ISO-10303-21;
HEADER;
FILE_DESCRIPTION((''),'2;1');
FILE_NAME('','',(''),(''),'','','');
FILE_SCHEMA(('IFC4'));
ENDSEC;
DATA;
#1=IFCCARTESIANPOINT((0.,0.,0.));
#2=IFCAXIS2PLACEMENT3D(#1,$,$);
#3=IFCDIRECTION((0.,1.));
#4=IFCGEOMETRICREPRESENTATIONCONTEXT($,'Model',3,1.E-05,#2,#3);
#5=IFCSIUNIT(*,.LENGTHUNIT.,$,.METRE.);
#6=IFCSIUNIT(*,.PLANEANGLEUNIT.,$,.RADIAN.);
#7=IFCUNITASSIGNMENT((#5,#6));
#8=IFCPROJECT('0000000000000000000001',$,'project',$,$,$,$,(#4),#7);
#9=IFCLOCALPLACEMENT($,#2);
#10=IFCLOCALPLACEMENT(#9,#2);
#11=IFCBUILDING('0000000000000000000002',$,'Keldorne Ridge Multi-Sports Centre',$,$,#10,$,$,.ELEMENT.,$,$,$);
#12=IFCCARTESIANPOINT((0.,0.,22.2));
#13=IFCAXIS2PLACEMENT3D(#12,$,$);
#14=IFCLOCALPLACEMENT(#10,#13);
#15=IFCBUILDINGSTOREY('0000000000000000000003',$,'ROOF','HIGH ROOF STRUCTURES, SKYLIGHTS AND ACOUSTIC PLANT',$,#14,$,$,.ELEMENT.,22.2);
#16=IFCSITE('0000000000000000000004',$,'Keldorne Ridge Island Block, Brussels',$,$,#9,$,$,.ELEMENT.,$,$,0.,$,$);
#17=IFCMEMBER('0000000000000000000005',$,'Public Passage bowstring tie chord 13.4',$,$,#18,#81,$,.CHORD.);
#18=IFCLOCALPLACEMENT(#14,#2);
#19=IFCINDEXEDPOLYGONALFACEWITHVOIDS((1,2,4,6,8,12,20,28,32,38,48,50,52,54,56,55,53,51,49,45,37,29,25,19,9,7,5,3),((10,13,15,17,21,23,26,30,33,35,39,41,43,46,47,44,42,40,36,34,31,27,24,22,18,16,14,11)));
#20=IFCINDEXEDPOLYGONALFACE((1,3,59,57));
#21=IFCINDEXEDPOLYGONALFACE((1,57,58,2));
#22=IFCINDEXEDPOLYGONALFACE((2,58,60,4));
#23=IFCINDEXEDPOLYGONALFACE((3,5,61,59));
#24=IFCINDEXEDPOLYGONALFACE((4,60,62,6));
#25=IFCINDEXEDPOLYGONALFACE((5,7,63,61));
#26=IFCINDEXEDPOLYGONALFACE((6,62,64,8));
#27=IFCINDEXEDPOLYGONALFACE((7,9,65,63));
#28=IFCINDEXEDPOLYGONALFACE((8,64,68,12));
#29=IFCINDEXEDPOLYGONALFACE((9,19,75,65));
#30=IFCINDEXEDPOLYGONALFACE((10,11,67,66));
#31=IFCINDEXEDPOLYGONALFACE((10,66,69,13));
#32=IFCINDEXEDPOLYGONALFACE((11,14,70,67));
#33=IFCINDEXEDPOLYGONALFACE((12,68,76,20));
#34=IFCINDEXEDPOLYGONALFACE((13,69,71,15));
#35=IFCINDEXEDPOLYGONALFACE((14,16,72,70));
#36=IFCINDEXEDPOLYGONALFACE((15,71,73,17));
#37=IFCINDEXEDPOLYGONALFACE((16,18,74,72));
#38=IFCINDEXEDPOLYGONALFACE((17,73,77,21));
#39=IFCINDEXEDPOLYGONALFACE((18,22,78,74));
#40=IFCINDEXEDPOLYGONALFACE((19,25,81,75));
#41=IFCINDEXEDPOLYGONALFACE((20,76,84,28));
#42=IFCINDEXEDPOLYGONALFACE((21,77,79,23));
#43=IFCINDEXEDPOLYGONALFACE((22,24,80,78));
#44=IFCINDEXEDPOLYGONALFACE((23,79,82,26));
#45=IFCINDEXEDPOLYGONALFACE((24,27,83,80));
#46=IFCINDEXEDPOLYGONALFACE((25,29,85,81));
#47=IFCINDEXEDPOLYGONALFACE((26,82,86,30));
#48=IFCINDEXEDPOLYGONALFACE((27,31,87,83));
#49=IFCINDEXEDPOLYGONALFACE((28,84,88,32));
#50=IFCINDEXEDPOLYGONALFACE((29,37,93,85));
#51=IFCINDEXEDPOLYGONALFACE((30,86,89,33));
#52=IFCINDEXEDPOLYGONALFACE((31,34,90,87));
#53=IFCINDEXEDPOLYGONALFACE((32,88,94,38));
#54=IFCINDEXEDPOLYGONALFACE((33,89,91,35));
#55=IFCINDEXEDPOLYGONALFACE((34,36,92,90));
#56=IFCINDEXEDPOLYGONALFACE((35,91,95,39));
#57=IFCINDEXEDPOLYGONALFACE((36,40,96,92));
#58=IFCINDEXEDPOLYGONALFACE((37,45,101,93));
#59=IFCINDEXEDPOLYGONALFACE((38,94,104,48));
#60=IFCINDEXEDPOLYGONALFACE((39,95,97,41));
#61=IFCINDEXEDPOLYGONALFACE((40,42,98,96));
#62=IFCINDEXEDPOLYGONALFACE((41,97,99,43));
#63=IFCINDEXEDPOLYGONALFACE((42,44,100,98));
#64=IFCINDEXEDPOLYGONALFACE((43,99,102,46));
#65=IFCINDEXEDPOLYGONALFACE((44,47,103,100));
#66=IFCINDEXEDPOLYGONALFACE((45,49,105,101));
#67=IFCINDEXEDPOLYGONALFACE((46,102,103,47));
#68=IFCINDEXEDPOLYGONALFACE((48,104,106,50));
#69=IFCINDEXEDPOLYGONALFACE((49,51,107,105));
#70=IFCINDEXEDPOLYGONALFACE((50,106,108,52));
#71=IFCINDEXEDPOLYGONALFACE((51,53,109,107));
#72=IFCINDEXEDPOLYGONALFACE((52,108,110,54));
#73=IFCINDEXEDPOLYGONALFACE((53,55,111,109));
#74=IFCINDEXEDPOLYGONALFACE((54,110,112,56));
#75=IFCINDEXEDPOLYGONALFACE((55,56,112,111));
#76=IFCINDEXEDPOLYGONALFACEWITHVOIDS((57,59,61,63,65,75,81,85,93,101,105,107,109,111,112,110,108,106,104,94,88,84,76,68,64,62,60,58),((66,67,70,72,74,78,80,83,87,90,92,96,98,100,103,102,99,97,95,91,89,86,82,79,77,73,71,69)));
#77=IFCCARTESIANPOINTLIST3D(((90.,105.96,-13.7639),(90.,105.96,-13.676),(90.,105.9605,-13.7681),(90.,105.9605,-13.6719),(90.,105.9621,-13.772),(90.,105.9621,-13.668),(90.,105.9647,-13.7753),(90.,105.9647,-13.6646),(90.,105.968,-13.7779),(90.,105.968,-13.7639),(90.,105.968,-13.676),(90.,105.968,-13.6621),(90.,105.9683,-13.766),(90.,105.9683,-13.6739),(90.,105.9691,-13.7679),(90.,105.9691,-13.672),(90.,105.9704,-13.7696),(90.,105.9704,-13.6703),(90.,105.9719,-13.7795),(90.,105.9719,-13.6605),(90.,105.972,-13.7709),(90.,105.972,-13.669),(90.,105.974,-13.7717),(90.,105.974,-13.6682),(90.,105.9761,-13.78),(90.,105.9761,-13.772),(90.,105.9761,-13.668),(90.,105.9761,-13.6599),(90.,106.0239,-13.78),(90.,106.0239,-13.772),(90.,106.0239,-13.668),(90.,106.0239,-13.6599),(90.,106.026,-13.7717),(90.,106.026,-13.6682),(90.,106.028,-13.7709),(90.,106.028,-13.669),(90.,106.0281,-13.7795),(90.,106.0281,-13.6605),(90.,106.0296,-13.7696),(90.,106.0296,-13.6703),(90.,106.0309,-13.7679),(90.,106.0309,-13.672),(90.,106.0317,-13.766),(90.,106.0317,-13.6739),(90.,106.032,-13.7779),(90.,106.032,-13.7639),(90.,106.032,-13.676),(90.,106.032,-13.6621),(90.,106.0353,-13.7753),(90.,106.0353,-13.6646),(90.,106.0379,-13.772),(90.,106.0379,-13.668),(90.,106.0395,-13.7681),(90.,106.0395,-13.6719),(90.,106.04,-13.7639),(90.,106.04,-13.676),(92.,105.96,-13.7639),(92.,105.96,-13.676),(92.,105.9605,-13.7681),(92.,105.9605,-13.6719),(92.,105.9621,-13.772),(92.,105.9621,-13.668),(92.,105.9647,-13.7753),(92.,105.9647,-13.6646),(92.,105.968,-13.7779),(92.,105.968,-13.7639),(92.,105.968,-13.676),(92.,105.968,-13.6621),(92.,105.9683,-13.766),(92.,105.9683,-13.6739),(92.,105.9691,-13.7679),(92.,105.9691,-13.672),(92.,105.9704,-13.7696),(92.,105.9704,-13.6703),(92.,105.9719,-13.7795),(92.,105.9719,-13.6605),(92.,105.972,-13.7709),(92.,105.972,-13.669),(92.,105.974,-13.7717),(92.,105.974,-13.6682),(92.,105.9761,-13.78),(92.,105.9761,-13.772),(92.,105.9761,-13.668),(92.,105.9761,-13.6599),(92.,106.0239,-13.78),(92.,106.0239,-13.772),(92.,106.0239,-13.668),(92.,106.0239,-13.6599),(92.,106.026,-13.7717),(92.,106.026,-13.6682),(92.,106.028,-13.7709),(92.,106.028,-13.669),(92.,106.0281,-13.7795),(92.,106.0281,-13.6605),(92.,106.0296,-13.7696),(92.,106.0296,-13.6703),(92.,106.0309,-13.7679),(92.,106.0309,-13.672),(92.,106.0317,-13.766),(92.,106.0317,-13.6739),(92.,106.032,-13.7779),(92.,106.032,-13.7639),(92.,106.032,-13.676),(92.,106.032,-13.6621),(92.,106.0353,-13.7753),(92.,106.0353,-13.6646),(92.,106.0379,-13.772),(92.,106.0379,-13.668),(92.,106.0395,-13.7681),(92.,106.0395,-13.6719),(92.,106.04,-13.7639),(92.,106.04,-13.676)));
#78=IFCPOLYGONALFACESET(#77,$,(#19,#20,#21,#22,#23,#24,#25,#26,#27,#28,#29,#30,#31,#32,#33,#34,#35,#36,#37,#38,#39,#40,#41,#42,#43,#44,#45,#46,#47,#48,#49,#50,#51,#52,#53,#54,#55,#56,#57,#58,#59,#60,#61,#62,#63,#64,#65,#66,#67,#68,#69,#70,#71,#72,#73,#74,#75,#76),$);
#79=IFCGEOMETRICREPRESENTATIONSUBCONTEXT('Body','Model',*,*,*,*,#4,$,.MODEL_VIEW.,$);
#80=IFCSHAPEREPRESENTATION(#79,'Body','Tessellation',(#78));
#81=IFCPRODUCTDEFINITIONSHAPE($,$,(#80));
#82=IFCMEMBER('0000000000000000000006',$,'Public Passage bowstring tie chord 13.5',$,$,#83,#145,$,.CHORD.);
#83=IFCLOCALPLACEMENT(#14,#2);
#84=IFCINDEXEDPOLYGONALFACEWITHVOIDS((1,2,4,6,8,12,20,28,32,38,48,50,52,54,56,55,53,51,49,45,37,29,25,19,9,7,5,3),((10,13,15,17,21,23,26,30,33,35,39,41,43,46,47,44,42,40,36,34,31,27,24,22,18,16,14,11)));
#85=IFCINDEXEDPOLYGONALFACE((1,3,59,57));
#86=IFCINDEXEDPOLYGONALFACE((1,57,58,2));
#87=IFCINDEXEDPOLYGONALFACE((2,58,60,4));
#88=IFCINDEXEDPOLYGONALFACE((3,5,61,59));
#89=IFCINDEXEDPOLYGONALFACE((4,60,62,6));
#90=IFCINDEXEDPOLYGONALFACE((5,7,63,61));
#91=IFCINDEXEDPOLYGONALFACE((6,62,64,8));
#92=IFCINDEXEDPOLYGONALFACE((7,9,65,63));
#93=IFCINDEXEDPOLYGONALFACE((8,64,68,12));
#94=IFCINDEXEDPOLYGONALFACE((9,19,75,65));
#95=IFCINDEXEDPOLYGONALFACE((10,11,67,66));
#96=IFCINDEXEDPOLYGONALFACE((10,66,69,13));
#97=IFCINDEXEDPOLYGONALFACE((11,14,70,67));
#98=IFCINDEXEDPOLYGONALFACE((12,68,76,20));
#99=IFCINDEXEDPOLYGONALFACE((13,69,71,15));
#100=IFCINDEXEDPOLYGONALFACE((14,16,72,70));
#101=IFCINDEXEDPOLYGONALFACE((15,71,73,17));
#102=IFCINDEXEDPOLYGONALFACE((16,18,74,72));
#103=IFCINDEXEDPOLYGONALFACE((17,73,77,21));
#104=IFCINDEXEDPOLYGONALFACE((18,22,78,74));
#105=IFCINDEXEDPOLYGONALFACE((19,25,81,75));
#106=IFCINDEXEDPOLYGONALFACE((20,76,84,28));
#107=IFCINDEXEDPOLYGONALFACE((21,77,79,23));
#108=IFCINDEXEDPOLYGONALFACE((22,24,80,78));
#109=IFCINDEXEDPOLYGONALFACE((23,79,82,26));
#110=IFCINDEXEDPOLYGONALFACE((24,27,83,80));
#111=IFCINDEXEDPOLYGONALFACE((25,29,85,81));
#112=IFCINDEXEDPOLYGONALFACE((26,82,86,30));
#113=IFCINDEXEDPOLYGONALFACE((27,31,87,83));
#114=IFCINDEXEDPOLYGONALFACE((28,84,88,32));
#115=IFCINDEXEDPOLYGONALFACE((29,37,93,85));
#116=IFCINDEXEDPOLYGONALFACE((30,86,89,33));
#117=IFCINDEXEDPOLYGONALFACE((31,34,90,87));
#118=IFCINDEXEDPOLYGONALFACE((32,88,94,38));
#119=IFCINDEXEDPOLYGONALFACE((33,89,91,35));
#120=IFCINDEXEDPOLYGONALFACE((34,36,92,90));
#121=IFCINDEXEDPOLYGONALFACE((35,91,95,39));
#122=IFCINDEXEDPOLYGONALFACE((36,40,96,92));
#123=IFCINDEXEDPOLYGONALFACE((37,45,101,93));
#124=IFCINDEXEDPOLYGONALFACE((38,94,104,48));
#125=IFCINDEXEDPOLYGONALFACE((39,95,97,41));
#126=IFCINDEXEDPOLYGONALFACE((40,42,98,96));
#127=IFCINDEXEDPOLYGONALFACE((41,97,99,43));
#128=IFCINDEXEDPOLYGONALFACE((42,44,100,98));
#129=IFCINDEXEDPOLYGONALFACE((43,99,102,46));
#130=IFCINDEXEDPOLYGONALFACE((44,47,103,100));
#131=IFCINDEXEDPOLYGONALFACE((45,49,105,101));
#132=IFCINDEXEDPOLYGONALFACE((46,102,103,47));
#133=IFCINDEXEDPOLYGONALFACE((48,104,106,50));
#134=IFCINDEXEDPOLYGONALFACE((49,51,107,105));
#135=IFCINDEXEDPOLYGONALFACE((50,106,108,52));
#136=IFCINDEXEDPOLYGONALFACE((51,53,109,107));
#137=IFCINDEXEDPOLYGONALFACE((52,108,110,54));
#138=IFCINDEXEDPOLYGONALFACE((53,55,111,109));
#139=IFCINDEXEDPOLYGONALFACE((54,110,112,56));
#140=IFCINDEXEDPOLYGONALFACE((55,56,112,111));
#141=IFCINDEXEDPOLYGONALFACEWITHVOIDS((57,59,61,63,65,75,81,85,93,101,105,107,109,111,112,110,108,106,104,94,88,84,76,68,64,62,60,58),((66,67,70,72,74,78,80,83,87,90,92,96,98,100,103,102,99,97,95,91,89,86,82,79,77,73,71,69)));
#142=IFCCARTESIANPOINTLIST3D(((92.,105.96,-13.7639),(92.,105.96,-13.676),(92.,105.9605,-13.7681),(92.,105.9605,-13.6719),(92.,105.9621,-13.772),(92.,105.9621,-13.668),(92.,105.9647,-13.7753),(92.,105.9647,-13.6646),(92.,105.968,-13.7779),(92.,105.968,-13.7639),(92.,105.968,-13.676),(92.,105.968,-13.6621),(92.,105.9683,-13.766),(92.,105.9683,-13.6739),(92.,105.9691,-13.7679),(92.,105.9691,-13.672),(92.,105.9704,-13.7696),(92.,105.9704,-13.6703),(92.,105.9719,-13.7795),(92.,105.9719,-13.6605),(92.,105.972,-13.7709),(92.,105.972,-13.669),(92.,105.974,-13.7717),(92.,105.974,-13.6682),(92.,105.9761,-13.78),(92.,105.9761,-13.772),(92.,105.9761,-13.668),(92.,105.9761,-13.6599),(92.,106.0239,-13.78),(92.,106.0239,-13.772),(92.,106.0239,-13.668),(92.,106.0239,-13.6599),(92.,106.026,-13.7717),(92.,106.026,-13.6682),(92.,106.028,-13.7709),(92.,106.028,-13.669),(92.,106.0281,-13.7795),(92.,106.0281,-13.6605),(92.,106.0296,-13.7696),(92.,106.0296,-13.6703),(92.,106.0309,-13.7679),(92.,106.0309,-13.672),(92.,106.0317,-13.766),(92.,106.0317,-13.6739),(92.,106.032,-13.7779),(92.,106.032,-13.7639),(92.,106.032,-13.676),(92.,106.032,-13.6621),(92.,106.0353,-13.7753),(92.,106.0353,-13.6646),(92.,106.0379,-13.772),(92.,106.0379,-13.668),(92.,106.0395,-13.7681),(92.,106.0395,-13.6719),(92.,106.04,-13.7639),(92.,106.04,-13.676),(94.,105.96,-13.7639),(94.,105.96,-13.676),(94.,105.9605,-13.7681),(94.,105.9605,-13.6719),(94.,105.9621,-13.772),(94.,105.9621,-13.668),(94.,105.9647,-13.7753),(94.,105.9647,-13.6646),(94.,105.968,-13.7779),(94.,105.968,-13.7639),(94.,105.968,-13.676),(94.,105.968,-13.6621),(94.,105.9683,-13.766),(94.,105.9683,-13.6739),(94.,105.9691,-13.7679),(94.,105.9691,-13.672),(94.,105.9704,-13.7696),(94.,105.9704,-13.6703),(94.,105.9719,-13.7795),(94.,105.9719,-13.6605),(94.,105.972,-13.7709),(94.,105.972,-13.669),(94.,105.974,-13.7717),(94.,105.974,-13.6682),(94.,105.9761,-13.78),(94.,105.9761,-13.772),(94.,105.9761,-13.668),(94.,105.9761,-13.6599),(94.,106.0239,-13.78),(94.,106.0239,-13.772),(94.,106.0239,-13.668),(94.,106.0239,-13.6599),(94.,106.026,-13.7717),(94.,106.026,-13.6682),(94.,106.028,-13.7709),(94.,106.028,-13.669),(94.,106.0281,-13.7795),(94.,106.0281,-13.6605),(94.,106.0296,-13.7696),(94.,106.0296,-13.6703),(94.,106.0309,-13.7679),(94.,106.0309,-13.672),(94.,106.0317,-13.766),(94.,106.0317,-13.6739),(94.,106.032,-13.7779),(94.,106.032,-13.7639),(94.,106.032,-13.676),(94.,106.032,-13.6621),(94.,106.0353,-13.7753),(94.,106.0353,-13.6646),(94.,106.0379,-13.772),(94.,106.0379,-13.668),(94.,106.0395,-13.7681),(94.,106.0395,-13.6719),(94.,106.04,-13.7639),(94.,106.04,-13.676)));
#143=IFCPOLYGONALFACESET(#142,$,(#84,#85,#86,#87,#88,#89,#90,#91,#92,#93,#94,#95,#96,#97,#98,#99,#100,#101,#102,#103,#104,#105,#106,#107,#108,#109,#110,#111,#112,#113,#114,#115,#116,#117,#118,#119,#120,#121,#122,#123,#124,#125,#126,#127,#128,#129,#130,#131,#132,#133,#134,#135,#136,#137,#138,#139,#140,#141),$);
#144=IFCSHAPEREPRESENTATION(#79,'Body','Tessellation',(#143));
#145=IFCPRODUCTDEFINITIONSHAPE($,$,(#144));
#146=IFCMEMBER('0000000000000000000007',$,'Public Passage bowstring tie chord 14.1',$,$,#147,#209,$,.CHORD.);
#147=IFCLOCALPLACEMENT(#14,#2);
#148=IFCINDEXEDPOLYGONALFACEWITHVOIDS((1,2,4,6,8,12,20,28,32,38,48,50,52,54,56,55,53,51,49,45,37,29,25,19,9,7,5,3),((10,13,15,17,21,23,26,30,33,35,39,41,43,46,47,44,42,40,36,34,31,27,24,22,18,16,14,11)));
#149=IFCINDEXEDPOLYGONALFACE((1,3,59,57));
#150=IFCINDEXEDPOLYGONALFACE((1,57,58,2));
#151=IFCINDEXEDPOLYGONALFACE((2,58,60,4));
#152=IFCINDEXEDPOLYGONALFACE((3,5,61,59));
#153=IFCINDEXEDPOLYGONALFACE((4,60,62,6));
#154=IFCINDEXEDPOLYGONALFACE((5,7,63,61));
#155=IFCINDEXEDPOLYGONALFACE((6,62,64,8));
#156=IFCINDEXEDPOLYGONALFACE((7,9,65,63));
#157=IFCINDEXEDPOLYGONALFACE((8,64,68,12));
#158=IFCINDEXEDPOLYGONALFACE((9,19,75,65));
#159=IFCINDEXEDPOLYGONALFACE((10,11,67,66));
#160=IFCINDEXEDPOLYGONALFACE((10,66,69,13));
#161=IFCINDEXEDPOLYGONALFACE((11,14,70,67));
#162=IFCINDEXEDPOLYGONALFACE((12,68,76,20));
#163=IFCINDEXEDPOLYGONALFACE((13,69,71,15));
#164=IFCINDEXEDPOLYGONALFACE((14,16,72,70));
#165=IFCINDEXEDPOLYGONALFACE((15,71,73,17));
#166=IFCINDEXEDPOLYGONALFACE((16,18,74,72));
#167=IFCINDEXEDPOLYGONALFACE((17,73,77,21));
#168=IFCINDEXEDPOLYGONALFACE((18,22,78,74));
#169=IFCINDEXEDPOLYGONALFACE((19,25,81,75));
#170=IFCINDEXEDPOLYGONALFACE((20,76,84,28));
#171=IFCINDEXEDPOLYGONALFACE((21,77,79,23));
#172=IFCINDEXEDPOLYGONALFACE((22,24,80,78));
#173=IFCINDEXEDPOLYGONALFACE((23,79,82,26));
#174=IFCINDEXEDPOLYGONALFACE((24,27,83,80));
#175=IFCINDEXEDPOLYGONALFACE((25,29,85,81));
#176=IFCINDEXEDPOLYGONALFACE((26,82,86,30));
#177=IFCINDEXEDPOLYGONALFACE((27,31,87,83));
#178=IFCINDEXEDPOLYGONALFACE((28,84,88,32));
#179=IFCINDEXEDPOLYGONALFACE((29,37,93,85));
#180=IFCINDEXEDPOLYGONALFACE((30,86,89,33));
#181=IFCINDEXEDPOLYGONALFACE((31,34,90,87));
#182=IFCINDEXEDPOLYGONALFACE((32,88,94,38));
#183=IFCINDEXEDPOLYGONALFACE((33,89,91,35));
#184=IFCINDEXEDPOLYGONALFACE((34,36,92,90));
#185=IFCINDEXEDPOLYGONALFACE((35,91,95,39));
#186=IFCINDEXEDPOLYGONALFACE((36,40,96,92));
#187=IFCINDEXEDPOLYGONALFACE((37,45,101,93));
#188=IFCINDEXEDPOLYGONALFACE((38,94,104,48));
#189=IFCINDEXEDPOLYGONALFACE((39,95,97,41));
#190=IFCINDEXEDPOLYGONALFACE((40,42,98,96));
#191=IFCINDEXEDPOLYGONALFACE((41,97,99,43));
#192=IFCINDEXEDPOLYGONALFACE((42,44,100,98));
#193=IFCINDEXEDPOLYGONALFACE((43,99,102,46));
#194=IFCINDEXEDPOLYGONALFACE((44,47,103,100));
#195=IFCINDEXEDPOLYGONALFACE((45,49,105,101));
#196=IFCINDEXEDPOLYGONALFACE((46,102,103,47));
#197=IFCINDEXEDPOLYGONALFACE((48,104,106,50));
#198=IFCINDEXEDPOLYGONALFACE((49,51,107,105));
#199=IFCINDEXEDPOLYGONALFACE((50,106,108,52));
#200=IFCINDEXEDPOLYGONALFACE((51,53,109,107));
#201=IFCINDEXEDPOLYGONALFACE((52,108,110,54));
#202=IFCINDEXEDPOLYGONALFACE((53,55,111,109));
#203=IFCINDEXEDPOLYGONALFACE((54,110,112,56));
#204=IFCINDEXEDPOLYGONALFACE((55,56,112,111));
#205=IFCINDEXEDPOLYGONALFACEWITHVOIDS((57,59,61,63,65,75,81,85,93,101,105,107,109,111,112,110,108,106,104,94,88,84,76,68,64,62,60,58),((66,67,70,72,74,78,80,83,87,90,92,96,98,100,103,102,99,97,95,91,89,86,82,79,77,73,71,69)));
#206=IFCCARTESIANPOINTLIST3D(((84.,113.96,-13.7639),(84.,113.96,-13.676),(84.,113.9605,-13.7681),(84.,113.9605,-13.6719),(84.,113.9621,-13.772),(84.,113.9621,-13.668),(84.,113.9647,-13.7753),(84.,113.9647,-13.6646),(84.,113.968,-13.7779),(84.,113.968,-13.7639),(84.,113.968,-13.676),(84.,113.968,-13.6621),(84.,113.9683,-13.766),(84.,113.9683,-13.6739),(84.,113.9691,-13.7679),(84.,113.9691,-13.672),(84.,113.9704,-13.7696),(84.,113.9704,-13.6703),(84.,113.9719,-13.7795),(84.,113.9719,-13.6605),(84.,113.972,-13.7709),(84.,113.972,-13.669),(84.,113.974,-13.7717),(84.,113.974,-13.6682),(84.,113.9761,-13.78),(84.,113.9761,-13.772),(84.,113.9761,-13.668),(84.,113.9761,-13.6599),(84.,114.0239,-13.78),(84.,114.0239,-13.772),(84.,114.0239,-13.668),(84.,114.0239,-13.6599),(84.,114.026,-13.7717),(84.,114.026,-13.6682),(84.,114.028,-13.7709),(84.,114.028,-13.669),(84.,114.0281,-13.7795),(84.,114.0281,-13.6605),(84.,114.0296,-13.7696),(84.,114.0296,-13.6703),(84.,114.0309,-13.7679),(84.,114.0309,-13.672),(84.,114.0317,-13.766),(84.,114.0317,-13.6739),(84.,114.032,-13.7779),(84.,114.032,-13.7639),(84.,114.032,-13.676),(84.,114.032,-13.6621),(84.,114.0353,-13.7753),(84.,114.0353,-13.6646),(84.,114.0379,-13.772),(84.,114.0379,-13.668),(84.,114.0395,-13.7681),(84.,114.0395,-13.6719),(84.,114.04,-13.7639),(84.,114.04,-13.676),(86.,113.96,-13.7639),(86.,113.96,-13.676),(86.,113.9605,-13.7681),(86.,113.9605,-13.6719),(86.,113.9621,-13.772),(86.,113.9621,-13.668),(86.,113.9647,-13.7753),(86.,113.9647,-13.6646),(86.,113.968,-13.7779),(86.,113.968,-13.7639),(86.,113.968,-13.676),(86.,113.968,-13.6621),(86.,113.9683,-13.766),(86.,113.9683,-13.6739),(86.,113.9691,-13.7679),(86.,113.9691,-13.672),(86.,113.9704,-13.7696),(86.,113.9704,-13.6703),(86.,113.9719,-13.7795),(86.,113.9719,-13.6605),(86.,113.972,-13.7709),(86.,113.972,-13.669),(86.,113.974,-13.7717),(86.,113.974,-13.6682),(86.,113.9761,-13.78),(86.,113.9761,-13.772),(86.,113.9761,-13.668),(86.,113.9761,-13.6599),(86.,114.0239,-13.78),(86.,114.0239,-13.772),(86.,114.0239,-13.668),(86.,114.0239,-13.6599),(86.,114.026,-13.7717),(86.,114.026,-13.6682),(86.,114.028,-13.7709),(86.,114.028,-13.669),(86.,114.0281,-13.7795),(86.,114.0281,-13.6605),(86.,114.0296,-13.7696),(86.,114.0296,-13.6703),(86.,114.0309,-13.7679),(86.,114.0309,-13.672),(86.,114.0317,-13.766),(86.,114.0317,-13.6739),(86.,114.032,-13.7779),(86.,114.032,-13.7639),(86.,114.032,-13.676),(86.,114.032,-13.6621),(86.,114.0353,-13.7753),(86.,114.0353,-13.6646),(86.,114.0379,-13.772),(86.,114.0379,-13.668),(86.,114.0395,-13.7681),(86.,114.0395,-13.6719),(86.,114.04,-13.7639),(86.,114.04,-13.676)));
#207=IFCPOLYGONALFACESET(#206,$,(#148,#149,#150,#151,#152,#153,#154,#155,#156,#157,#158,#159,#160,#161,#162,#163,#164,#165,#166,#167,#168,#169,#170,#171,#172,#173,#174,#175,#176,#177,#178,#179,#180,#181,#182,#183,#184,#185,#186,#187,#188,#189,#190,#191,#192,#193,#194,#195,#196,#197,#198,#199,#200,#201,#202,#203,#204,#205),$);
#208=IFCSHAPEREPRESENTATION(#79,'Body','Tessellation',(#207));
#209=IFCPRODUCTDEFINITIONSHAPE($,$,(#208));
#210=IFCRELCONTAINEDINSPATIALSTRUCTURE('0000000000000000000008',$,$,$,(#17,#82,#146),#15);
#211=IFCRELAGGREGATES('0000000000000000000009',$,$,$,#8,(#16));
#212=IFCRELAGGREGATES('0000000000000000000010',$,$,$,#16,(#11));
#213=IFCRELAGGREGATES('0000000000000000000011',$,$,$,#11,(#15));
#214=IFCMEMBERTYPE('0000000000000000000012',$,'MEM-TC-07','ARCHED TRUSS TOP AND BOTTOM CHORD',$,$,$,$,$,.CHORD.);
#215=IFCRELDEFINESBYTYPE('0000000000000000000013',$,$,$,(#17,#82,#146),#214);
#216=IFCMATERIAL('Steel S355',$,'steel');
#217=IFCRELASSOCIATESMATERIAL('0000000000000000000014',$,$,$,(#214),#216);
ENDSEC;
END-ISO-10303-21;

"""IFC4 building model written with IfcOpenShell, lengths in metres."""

from ifc_helpers import new_model, si_unit, direction, frame, origin, origin_2d, place, context, subcontext, project, spatial, hollow_rectangle, extrude, material, material_profile, profile_set, type_object, element, save


model = new_model("IFC4")

# Units and contexts
model_context = context("Model", 3, precision=1e-05, world=origin(), true_north=direction((0.0, 1.0)))
body_context = subcontext(model_context, "Body", "Model", "MODEL_VIEW")
ifc_project = project(units=[si_unit("LENGTHUNIT", "METRE"), si_unit("PLANEANGLEUNIT", "RADIAN")], contexts=[model_context])

# Site, building, storey
site_placement = place(None, origin())
site = spatial("IfcSite", under=ifc_project, at=site_placement, Name="Keldorne Ridge Island Block, Brussels", CompositionType="ELEMENT", RefElevation=0.0)
building_placement = place(site_placement, origin())
building = spatial("IfcBuilding", under=site, at=building_placement, Name="Keldorne Ridge Multi-Sports Centre", CompositionType="ELEMENT")
storey_placement = place(building_placement, frame((0.0, 0.0, 22.2)))
storey = spatial("IfcBuildingStorey", under=building, at=storey_placement, Name="ROOF", Description="HIGH ROOF STRUCTURES, SKYLIGHTS AND ACOUSTIC PLANT", CompositionType="ELEMENT", Elevation=22.2)

# Members
ifc_material = material(Name="Steel S355", Category="steel")
ifc_material_profile_1 = material_profile(ifc_material, hollow_rectangle(XDim=0.0801, YDim=0.1201, WallThickness=0.0081, InnerFilletRadius=0.0081, OuterFilletRadius=0.0161, at=origin_2d()), Name="RHS 120x80x8")
ifc_profile_set_1 = profile_set([ifc_material_profile_1], Name="Steel S355")
member_type_1 = type_object("IfcMemberType", Name="MEM-TC-07", Description="ARCHED TRUSS TOP AND BOTTOM CHORD", PredefinedType="CHORD", material=ifc_profile_set_1)
for number, where, z_axis, x_axis, name in (
    (1, (90.0, 106.0, -13.72), (1.0, 0.0, 0.0), (0.0, 1.0, 0.0), "Public Passage bowstring tie chord 13.4"),
    (2, (92.0, 106.0, -13.72), (1.0, 0.0, 0.0), (0.0, 1.0, 0.0), "Public Passage bowstring tie chord 13.5"),
    (3, (84.0, 114.0, -13.72), (1.0, 0.0, 0.0), (0.0, 1.0, 0.0), "Public Passage bowstring tie chord 14.1"),
):
    element("IfcMember", number, at=place(storey_placement, frame(where, z_axis=z_axis, x_axis=x_axis)), inside=storey, type_object=member_type_1, Name=name, PredefinedType="CHORD", context=body_context, shape_type="SweptSolid", body=[
        extrude(hollow_rectangle(XDim=0.0801, YDim=0.1201, WallThickness=0.0081, InnerFilletRadius=0.0081, OuterFilletRadius=0.0161, at=origin_2d()), origin(), (0.0, 0.0, 1.0), 2.0),
    ])

save(model, "model.ifc")
